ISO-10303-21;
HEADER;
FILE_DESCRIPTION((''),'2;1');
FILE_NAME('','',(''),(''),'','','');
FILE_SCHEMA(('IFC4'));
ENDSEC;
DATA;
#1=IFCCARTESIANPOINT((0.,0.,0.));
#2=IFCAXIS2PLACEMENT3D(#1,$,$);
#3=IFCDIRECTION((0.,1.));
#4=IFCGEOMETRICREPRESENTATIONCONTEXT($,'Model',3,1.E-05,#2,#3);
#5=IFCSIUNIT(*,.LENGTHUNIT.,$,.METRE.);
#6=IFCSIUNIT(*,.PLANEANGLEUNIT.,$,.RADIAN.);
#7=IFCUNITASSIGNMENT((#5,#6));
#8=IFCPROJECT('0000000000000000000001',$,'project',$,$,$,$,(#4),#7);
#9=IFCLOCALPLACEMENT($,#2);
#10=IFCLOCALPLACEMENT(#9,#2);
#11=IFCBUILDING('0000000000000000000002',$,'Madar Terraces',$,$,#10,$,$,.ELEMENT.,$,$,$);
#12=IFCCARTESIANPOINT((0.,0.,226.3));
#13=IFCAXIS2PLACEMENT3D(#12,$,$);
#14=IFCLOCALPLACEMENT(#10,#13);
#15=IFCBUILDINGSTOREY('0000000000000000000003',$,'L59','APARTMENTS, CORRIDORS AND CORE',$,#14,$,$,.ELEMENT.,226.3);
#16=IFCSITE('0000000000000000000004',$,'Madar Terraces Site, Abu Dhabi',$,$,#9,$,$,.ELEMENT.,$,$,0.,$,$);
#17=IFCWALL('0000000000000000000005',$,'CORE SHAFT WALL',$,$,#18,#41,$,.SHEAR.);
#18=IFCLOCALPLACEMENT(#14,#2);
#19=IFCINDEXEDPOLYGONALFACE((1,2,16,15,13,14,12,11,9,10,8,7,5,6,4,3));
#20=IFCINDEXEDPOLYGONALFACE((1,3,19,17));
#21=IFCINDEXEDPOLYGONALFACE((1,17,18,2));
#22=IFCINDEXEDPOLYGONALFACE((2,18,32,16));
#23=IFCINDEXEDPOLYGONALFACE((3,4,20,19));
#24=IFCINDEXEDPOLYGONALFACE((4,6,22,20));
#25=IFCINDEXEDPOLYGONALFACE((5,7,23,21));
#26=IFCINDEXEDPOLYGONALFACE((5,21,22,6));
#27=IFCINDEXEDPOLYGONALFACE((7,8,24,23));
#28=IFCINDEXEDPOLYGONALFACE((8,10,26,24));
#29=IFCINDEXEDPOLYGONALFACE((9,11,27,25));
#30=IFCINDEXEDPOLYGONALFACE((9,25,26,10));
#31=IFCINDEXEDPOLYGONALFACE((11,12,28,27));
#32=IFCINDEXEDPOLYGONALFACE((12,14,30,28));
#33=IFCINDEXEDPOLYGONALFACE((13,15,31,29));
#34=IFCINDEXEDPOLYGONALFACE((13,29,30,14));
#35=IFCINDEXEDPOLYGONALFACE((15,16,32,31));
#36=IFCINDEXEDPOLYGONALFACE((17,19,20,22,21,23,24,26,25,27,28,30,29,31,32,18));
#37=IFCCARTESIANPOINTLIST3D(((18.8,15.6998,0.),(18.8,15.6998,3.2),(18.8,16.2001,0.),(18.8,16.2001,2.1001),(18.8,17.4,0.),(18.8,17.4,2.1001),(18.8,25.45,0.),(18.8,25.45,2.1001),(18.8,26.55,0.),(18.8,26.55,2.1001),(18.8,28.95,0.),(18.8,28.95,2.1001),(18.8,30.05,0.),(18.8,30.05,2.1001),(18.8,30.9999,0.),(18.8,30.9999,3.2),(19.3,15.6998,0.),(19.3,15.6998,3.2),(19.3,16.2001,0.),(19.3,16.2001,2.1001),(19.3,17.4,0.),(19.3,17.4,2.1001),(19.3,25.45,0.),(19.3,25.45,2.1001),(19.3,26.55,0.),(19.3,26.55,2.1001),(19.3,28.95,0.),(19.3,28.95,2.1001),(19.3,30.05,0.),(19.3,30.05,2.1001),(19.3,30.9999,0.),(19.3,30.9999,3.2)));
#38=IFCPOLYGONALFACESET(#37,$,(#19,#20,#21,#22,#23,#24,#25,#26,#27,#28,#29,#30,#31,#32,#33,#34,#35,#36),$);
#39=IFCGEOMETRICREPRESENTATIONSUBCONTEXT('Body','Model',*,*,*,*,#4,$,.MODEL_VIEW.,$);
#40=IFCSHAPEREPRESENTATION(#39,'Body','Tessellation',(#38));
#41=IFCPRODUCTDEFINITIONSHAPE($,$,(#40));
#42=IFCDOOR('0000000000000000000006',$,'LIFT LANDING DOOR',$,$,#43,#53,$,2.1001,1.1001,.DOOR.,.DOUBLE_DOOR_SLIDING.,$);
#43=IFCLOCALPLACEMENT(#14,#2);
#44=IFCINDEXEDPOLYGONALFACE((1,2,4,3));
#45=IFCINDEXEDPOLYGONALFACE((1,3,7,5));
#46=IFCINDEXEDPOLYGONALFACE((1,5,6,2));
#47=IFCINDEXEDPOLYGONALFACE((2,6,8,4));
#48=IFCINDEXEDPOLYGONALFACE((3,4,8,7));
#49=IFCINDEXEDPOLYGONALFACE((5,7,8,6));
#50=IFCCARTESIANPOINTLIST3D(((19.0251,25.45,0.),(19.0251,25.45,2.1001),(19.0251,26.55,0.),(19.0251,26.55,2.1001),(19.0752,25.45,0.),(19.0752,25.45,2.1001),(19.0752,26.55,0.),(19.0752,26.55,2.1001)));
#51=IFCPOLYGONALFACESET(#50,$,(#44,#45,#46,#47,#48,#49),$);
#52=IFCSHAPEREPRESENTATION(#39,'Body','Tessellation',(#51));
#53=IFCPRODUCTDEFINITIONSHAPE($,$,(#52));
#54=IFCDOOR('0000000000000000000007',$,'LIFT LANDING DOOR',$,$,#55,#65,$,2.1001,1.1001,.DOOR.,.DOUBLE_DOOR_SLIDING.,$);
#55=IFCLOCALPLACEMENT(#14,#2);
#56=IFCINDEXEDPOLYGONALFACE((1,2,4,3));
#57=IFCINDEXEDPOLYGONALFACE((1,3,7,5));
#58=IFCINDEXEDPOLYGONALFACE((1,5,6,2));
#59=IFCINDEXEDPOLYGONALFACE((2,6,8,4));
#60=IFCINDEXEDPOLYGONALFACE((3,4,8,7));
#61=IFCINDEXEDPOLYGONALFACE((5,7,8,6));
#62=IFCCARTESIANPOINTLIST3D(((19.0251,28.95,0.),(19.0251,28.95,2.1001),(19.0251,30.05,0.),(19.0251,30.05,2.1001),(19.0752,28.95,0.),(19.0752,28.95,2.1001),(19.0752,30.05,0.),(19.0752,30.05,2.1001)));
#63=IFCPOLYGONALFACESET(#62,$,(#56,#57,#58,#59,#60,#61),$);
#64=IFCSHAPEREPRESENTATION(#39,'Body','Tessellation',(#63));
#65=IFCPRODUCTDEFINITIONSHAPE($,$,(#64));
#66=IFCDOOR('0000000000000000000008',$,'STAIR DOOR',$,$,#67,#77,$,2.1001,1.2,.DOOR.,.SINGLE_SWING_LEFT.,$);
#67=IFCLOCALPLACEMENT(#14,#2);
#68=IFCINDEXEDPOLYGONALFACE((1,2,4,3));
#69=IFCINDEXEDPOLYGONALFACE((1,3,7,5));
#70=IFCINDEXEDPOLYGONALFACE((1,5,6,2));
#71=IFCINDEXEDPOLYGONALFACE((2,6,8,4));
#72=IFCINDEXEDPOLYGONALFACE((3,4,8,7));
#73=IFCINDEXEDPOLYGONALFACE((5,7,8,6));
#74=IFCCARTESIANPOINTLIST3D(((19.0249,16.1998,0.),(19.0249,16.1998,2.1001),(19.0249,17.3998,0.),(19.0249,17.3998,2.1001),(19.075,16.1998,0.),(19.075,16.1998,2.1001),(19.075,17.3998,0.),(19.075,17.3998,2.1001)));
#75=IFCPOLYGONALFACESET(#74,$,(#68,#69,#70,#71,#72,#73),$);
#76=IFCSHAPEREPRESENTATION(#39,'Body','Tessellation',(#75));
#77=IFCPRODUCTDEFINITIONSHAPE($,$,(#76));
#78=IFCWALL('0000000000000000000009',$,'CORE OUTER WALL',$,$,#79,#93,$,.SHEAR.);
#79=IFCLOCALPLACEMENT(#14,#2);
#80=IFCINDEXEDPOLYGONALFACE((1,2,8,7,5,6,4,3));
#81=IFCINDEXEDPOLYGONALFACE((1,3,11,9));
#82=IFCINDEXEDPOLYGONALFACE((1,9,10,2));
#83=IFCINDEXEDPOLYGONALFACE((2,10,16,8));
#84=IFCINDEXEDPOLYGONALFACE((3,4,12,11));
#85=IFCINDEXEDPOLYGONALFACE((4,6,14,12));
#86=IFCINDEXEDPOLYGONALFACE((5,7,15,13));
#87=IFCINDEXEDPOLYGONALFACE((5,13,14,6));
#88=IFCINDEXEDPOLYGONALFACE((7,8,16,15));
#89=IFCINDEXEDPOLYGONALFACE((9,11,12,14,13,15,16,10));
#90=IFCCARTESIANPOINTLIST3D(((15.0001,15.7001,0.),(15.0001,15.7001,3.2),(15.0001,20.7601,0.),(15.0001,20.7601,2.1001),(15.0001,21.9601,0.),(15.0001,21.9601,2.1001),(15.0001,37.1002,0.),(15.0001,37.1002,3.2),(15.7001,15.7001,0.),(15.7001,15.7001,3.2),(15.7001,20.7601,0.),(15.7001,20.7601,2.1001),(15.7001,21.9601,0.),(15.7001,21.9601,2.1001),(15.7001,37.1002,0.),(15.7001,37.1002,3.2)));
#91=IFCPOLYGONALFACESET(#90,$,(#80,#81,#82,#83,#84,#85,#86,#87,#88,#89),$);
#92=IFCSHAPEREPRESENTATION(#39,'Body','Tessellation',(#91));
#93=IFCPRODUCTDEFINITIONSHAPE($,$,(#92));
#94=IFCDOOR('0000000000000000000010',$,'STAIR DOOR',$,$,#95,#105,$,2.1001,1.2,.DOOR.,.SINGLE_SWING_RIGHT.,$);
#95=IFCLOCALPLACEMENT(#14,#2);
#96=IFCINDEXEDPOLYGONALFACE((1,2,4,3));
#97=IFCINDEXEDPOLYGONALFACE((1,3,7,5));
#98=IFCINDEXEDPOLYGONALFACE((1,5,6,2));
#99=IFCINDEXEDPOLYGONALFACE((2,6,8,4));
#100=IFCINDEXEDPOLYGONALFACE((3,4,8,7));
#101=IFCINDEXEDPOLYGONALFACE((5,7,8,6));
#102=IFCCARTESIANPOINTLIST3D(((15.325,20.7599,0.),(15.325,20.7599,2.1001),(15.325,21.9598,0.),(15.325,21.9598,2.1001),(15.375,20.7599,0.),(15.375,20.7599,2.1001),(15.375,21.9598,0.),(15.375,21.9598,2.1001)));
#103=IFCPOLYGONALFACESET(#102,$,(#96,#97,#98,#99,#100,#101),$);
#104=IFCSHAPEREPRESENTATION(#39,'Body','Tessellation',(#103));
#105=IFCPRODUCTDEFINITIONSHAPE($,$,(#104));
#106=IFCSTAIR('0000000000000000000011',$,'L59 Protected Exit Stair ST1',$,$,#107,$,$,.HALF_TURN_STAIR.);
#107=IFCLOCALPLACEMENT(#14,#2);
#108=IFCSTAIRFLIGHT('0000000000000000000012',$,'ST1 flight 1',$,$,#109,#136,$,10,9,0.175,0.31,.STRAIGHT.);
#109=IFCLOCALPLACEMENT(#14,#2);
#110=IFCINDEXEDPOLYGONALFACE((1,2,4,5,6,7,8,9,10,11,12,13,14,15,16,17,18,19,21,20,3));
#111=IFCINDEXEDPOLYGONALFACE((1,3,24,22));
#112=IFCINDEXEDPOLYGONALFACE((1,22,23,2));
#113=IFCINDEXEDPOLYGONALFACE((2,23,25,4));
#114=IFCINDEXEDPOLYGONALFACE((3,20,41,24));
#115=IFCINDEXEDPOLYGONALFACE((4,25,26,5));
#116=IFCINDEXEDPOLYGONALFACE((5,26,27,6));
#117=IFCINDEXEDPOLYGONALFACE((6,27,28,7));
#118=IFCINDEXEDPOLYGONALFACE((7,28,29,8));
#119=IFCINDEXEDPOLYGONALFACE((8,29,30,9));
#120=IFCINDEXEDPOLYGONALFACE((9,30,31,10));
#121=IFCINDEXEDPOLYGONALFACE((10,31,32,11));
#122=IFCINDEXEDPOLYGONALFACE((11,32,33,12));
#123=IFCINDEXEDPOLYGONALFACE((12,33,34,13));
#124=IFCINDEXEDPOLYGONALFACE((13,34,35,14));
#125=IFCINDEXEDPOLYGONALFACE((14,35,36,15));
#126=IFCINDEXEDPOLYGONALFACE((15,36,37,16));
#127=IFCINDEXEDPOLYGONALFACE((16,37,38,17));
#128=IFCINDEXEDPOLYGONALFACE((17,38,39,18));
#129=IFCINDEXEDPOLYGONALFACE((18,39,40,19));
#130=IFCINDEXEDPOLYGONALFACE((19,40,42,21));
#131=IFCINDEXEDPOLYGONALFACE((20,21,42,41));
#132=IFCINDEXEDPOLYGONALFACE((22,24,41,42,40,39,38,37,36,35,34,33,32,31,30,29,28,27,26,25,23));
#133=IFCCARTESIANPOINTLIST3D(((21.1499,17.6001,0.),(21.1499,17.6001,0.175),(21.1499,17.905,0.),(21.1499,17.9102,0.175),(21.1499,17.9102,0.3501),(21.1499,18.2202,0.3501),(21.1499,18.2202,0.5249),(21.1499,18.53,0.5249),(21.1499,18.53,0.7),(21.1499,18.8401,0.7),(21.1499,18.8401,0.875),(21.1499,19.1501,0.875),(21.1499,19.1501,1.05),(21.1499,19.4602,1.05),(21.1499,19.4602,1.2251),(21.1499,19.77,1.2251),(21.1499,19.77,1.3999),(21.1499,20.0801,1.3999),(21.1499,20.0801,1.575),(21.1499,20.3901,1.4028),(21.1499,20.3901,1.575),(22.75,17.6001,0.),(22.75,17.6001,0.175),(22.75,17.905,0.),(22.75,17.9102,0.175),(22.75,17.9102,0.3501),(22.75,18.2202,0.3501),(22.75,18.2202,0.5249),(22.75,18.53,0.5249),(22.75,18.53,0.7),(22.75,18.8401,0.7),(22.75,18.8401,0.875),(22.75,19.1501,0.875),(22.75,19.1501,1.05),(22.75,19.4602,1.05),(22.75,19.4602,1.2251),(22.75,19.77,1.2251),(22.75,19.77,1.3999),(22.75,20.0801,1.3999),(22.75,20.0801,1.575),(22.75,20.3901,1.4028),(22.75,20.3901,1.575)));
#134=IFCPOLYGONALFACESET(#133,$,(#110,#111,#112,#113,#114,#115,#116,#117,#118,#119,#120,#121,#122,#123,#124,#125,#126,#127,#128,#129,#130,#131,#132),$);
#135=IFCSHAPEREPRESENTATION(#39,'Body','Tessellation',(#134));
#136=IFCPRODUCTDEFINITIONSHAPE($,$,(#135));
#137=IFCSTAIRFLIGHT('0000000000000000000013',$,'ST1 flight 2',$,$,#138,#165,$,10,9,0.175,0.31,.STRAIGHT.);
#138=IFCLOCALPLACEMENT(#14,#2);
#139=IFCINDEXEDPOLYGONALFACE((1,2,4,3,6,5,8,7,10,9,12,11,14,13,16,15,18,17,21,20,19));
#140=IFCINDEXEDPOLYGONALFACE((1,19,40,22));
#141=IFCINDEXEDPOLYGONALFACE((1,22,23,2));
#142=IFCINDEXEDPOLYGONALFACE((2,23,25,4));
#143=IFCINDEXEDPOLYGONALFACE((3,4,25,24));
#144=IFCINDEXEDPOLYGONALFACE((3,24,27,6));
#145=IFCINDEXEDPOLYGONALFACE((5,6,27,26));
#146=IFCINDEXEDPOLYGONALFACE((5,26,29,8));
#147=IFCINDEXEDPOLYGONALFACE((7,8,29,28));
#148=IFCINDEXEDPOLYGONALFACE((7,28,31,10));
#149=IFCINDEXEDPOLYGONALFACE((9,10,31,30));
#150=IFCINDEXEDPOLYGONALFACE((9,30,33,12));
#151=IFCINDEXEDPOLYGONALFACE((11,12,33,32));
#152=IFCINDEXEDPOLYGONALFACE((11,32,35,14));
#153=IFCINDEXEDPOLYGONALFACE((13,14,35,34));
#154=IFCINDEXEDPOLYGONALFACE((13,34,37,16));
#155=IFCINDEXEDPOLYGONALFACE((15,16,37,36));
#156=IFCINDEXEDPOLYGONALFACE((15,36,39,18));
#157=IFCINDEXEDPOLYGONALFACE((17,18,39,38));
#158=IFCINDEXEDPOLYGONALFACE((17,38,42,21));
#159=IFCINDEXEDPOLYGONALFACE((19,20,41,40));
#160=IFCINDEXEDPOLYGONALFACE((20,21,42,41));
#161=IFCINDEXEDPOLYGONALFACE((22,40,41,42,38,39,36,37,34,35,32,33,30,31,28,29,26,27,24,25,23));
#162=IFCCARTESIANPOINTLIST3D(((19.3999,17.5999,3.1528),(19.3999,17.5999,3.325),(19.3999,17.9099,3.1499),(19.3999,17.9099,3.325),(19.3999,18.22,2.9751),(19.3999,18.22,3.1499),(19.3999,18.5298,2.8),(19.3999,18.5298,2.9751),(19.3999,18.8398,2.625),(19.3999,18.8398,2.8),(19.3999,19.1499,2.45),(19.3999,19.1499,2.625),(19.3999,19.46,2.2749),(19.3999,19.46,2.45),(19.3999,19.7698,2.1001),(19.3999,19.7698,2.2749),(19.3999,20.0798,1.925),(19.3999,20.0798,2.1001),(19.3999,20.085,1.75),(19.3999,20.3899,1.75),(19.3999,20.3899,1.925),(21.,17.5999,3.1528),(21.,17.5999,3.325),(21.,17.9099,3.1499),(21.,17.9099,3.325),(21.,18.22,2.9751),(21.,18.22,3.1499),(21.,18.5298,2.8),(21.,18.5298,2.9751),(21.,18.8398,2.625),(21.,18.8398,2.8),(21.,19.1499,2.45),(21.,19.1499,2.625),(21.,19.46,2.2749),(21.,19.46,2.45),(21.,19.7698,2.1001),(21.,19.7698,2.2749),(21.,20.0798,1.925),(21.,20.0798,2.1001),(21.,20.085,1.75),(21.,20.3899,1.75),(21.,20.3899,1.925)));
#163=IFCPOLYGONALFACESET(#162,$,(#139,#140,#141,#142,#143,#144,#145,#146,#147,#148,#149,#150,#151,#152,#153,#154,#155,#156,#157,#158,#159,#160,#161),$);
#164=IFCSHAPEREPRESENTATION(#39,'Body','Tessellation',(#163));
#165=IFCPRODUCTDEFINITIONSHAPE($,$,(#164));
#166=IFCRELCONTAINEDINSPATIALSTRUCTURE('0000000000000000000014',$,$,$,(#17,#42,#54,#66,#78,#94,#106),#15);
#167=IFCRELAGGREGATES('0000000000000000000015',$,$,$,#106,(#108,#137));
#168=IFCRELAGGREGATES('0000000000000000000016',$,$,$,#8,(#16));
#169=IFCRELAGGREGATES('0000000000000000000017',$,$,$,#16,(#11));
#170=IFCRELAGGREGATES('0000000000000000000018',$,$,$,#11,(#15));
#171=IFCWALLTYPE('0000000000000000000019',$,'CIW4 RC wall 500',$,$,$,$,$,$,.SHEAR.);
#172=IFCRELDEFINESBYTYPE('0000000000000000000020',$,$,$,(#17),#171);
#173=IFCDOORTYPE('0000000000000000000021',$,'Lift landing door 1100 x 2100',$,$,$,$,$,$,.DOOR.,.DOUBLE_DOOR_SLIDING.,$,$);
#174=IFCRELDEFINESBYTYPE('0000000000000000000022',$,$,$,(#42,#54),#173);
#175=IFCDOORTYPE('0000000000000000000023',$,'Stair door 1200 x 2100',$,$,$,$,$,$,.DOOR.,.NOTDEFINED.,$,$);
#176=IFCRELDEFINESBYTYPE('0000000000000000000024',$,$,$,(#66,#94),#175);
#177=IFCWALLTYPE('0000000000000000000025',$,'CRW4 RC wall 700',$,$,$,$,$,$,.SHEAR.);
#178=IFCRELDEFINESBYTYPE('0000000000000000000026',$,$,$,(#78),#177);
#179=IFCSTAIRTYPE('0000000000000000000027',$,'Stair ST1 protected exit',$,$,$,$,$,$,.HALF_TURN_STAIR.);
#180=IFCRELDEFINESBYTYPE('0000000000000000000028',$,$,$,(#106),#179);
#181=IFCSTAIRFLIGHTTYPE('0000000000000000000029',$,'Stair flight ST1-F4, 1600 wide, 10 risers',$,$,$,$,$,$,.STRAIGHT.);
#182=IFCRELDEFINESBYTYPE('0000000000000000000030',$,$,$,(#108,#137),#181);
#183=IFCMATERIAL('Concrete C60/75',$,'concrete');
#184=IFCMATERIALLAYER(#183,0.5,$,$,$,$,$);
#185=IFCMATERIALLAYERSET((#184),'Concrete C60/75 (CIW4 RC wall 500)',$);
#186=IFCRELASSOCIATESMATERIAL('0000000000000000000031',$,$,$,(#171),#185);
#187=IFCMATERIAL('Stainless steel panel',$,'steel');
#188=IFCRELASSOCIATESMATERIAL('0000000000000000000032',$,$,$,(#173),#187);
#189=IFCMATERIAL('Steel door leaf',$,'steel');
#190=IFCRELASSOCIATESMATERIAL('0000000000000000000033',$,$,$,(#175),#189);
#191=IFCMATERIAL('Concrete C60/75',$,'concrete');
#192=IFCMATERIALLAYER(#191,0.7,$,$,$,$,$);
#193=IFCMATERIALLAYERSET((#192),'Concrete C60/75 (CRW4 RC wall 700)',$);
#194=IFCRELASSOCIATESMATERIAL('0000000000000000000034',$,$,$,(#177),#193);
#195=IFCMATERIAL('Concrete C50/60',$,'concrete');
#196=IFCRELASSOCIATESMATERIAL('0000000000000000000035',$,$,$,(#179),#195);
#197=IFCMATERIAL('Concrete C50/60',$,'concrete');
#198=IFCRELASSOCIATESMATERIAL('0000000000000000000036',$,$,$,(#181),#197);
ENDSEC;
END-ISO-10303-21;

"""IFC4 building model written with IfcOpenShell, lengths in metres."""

from ifc_helpers import new_model, si_unit, direction, frame, frame_2d, origin, place, context, subcontext, project, spatial, polyline, rectangle, outline, extrude, material, layer, layer_set, type_object, element, fill, aggregate, save


model = new_model("IFC4")

# Units and contexts
model_context = context("Model", 3, precision=1e-05, world=origin(), true_north=direction((0.0, 1.0)))
body_context = subcontext(model_context, "Body", "Model", "MODEL_VIEW")
ifc_project = project(units=[si_unit("LENGTHUNIT", "METRE"), si_unit("PLANEANGLEUNIT", "RADIAN")], contexts=[model_context])

# Site, building, storey
site_placement = place(None, origin())
site = spatial("IfcSite", under=ifc_project, at=site_placement, Name="Madar Terraces Site, Abu Dhabi", CompositionType="ELEMENT", RefElevation=0.0)
building_placement = place(site_placement, origin())
building = spatial("IfcBuilding", under=site, at=building_placement, Name="Madar Terraces", CompositionType="ELEMENT")
storey_placement = place(building_placement, frame((0.0, 0.0, 226.3)))
storey = spatial("IfcBuildingStorey", under=building, at=storey_placement, Name="L59", Description="APARTMENTS, CORRIDORS AND CORE", CompositionType="ELEMENT", Elevation=226.3)

# Wall, openings, doors
ifc_material_1 = material(Name="Concrete C60/75", Category="concrete")
ifc_layer_1 = layer(ifc_material_1, 0.5)
ifc_layer_set_1 = layer_set([ifc_layer_1], Name="Concrete C60/75 (CIW4 RC wall 500)")
wall_type_1 = type_object("IfcWallType", Name="CIW4 RC wall 500", PredefinedType="SHEAR", material=ifc_layer_set_1)
wall_1_placement = place(storey_placement, frame((19.05, 15.7, 0.0), z_axis=(0.0, 0.0, 1.0), x_axis=(0.0, 1.0, 0.0)))
wall_1 = element("IfcWall", 1, at=wall_1_placement, inside=storey, type_object=wall_type_1, Name="CORE SHAFT WALL", PredefinedType="SHEAR", context=body_context, shape_type="SweptSolid", body=[
    extrude(rectangle(XDim=15.3, YDim=0.5, at=frame_2d((7.6499, 0.0))), origin(), (0.0, 0.0, 1.0), 3.2),
])
opening_1_placement = place(wall_1_placement, frame((9.75, 0.0, 0.0)))
opening_1 = element("IfcOpeningElement", 2, at=opening_1_placement, cuts=wall_1, PredefinedType="OPENING", context=body_context, shape_type="SweptSolid", body=[
    extrude(rectangle(XDim=1.1001, YDim=2.1001, at=frame_2d((0.55, 1.05))), frame((0.0, 0.26, 0.0), z_axis=(0.0, -1.0, 0.0), x_axis=(1.0, 0.0, 0.0)), (0.0, 0.0, 1.0), 0.52),
])
opening_2_placement = place(wall_1_placement, frame((13.25, 0.0, 0.0)))
opening_2 = element("IfcOpeningElement", 3, at=opening_2_placement, cuts=wall_1, PredefinedType="OPENING", context=body_context, shape_type="SweptSolid", body=[
    extrude(rectangle(XDim=1.1001, YDim=2.1001, at=frame_2d((0.55, 1.05))), frame((0.0, 0.26, 0.0), z_axis=(0.0, -1.0, 0.0), x_axis=(1.0, 0.0, 0.0)), (0.0, 0.0, 1.0), 0.52),
])
opening_3_placement = place(wall_1_placement, frame((0.5, 0.0, 0.0)))
opening_3 = element("IfcOpeningElement", 4, at=opening_3_placement, cuts=wall_1, PredefinedType="OPENING", context=body_context, shape_type="SweptSolid", body=[
    extrude(rectangle(XDim=1.2, YDim=2.1001, at=frame_2d((0.6001, 1.05))), frame((0.0, 0.26, 0.0), z_axis=(0.0, -1.0, 0.0), x_axis=(1.0, 0.0, 0.0)), (0.0, 0.0, 1.0), 0.52),
])
ifc_material_2 = material(Name="Stainless steel panel", Category="steel")
door_type_1 = type_object("IfcDoorType", Name="Lift landing door 1100 x 2100", OperationType="DOUBLE_DOOR_SLIDING", PredefinedType="DOOR", material=ifc_material_2)
door_1_placement = place(opening_1_placement, origin())
door_1 = element("IfcDoor", 5, at=door_1_placement, inside=storey, type_object=door_type_1, Name="LIFT LANDING DOOR", OperationType="DOUBLE_DOOR_SLIDING", OverallHeight=2.1001, OverallWidth=1.1001, PredefinedType="DOOR", context=body_context, shape_type="SweptSolid", body=[
    extrude(rectangle(XDim=1.1001, YDim=2.1001, at=frame_2d((0.55, 1.05))), frame((0.0, 0.0249, 0.0), z_axis=(0.0, -1.0, 0.0), x_axis=(1.0, 0.0, 0.0)), (0.0, 0.0, 1.0), 0.05),
])
fill(opening_1, door_1)
door_2_placement = place(opening_2_placement, origin())
door_2 = element("IfcDoor", 6, at=door_2_placement, inside=storey, type_object=door_type_1, Name="LIFT LANDING DOOR", OperationType="DOUBLE_DOOR_SLIDING", OverallHeight=2.1001, OverallWidth=1.1001, PredefinedType="DOOR", context=body_context, shape_type="SweptSolid", body=[
    extrude(rectangle(XDim=1.1001, YDim=2.1001, at=frame_2d((0.55, 1.05))), frame((0.0, 0.0249, 0.0), z_axis=(0.0, -1.0, 0.0), x_axis=(1.0, 0.0, 0.0)), (0.0, 0.0, 1.0), 0.05),
])
fill(opening_2, door_2)
ifc_material_3 = material(Name="Steel door leaf", Category="steel")
door_type_2 = type_object("IfcDoorType", Name="Stair door 1200 x 2100", OperationType="NOTDEFINED", PredefinedType="DOOR", material=ifc_material_3)
door_3_placement = place(opening_3_placement, frame((1.2, 0.0, 0.0), z_axis=(0.0, 0.0, 1.0), x_axis=(-1.0, 0.0, 0.0)))
door_3 = element("IfcDoor", 7, at=door_3_placement, inside=storey, type_object=door_type_2, Name="STAIR DOOR", OperationType="SINGLE_SWING_LEFT", OverallHeight=2.1001, OverallWidth=1.2, PredefinedType="DOOR", context=body_context, shape_type="SweptSolid", body=[
    extrude(rectangle(XDim=1.2, YDim=2.1001, at=frame_2d((0.6001, 1.05))), frame((0.0, 0.0249, 0.0), z_axis=(0.0, -1.0, 0.0), x_axis=(1.0, 0.0, 0.0)), (0.0, 0.0, 1.0), 0.05),
])
fill(opening_3, door_3)

# Wall, opening, door
ifc_material_4 = material(Name="Concrete C60/75", Category="concrete")
ifc_layer_2 = layer(ifc_material_4, 0.7)
ifc_layer_set_2 = layer_set([ifc_layer_2], Name="Concrete C60/75 (CRW4 RC wall 700)")
wall_type_2 = type_object("IfcWallType", Name="CRW4 RC wall 700", PredefinedType="SHEAR", material=ifc_layer_set_2)
wall_2_placement = place(storey_placement, frame((15.3501, 15.7, 0.0), z_axis=(0.0, 0.0, 1.0), x_axis=(0.0, 1.0, 0.0)))
wall_2 = element("IfcWall", 8, at=wall_2_placement, inside=storey, type_object=wall_type_2, Name="CORE OUTER WALL", PredefinedType="SHEAR", context=body_context, shape_type="SweptSolid", body=[
    extrude(rectangle(XDim=21.4001, YDim=0.7, at=frame_2d((10.7002, 0.0))), origin(), (0.0, 0.0, 1.0), 3.2),
])
opening_4_placement = place(wall_2_placement, frame((5.0601, 0.0, 0.0)))
opening_4 = element("IfcOpeningElement", 9, at=opening_4_placement, cuts=wall_2, PredefinedType="OPENING", context=body_context, shape_type="SweptSolid", body=[
    extrude(rectangle(XDim=1.2, YDim=2.1001, at=frame_2d((0.6001, 1.05))), frame((0.0, 0.3599, 0.0), z_axis=(0.0, -1.0, 0.0), x_axis=(1.0, 0.0, 0.0)), (0.0, 0.0, 1.0), 0.72),
])
door_4_placement = place(opening_4_placement, frame((1.2, 0.0, 0.0), z_axis=(0.0, 0.0, 1.0), x_axis=(-1.0, 0.0, 0.0)))
door_4 = element("IfcDoor", 10, at=door_4_placement, inside=storey, type_object=door_type_2, Name="STAIR DOOR", OperationType="SINGLE_SWING_RIGHT", OverallHeight=2.1001, OverallWidth=1.2, PredefinedType="DOOR", context=body_context, shape_type="SweptSolid", body=[
    extrude(rectangle(XDim=1.2, YDim=2.1001, at=frame_2d((0.6001, 1.05))), frame((0.0, 0.0249, 0.0), z_axis=(0.0, -1.0, 0.0), x_axis=(1.0, 0.0, 0.0)), (0.0, 0.0, 1.0), 0.05),
])
fill(opening_4, door_4)

# Stair, stair flights
ifc_material_5 = material(Name="Concrete C50/60", Category="concrete")
stair_type = type_object("IfcStairType", Name="Stair ST1 protected exit", PredefinedType="HALF_TURN_STAIR", material=ifc_material_5)
stair_placement = place(storey_placement, origin())
stair = element("IfcStair", 11, at=stair_placement, inside=storey, type_object=stair_type, Name="L59 Protected Exit Stair ST1", PredefinedType="HALF_TURN_STAIR")
ifc_material_6 = material(Name="Concrete C50/60", Category="concrete")
stair_flight_type = type_object("IfcStairFlightType", Name="Stair flight ST1-F4, 1600 wide, 10 risers", PredefinedType="STRAIGHT", material=ifc_material_6)
stair_flight_1_placement = place(storey_placement, frame((21.95, 17.6001, 0.0), z_axis=(0.0, 0.0, 1.0), x_axis=(0.0, 1.0, 0.0)))
stair_flight_1 = element("IfcStairFlight", 12, at=stair_flight_1_placement, type_object=stair_flight_type, Name="ST1 flight 1", NumberOfRisers=10, NumberOfTreads=9, PredefinedType="STRAIGHT", RiserHeight=0.175, TreadLength=0.31, context=body_context, shape_type="SweptSolid", body=[
    extrude(outline(polyline([(0.0, 0.0), (0.0, 0.175), (0.3101, 0.175), (0.3101, 0.3501), (0.6201, 0.3501), (0.6201, 0.5249), (0.9299, 0.5249), (0.9299, 0.7), (1.24, 0.7), (1.24, 0.875), (1.55, 0.875), (1.55, 1.05), (1.8601, 1.05), (1.8601, 1.2251), (2.1699, 1.2251), (2.1699, 1.3999), (2.48, 1.3999), (2.48, 1.575), (2.79, 1.575), (2.79, 1.75), (2.79, 1.4028), (0.3049, 0.0), (0.0, 0.0)])), frame((0.0, 0.8, 0.0), z_axis=(0.0, -1.0, 0.0), x_axis=(1.0, 0.0, 0.0)), (0.0, 0.0, 1.0), 1.6001),
])
stair_flight_2_placement = place(storey_placement, frame((20.2, 20.3899, 1.75), z_axis=(0.0, 0.0, 1.0), x_axis=(0.0, -1.0, 0.0)))
stair_flight_2 = element("IfcStairFlight", 13, at=stair_flight_2_placement, type_object=stair_flight_type, Name="ST1 flight 2", NumberOfRisers=10, NumberOfTreads=9, PredefinedType="STRAIGHT", RiserHeight=0.175, TreadLength=0.31, context=body_context, shape_type="SweptSolid", body=[
    extrude(outline(polyline([(0.0, 0.0), (0.0, 0.175), (0.3101, 0.175), (0.3101, 0.3501), (0.6201, 0.3501), (0.6201, 0.5249), (0.9299, 0.5249), (0.9299, 0.7), (1.24, 0.7), (1.24, 0.875), (1.55, 0.875), (1.55, 1.05), (1.8601, 1.05), (1.8601, 1.2251), (2.1699, 1.2251), (2.1699, 1.3999), (2.48, 1.3999), (2.48, 1.575), (2.79, 1.575), (2.79, 1.75), (2.79, 1.4028), (0.3049, 0.0), (0.0, 0.0)])), frame((0.0, 0.8, 0.0), z_axis=(0.0, -1.0, 0.0), x_axis=(1.0, 0.0, 0.0)), (0.0, 0.0, 1.0), 1.6001),
])
aggregate(stair, [stair_flight_1, stair_flight_2])

save(model, "model.ifc")
